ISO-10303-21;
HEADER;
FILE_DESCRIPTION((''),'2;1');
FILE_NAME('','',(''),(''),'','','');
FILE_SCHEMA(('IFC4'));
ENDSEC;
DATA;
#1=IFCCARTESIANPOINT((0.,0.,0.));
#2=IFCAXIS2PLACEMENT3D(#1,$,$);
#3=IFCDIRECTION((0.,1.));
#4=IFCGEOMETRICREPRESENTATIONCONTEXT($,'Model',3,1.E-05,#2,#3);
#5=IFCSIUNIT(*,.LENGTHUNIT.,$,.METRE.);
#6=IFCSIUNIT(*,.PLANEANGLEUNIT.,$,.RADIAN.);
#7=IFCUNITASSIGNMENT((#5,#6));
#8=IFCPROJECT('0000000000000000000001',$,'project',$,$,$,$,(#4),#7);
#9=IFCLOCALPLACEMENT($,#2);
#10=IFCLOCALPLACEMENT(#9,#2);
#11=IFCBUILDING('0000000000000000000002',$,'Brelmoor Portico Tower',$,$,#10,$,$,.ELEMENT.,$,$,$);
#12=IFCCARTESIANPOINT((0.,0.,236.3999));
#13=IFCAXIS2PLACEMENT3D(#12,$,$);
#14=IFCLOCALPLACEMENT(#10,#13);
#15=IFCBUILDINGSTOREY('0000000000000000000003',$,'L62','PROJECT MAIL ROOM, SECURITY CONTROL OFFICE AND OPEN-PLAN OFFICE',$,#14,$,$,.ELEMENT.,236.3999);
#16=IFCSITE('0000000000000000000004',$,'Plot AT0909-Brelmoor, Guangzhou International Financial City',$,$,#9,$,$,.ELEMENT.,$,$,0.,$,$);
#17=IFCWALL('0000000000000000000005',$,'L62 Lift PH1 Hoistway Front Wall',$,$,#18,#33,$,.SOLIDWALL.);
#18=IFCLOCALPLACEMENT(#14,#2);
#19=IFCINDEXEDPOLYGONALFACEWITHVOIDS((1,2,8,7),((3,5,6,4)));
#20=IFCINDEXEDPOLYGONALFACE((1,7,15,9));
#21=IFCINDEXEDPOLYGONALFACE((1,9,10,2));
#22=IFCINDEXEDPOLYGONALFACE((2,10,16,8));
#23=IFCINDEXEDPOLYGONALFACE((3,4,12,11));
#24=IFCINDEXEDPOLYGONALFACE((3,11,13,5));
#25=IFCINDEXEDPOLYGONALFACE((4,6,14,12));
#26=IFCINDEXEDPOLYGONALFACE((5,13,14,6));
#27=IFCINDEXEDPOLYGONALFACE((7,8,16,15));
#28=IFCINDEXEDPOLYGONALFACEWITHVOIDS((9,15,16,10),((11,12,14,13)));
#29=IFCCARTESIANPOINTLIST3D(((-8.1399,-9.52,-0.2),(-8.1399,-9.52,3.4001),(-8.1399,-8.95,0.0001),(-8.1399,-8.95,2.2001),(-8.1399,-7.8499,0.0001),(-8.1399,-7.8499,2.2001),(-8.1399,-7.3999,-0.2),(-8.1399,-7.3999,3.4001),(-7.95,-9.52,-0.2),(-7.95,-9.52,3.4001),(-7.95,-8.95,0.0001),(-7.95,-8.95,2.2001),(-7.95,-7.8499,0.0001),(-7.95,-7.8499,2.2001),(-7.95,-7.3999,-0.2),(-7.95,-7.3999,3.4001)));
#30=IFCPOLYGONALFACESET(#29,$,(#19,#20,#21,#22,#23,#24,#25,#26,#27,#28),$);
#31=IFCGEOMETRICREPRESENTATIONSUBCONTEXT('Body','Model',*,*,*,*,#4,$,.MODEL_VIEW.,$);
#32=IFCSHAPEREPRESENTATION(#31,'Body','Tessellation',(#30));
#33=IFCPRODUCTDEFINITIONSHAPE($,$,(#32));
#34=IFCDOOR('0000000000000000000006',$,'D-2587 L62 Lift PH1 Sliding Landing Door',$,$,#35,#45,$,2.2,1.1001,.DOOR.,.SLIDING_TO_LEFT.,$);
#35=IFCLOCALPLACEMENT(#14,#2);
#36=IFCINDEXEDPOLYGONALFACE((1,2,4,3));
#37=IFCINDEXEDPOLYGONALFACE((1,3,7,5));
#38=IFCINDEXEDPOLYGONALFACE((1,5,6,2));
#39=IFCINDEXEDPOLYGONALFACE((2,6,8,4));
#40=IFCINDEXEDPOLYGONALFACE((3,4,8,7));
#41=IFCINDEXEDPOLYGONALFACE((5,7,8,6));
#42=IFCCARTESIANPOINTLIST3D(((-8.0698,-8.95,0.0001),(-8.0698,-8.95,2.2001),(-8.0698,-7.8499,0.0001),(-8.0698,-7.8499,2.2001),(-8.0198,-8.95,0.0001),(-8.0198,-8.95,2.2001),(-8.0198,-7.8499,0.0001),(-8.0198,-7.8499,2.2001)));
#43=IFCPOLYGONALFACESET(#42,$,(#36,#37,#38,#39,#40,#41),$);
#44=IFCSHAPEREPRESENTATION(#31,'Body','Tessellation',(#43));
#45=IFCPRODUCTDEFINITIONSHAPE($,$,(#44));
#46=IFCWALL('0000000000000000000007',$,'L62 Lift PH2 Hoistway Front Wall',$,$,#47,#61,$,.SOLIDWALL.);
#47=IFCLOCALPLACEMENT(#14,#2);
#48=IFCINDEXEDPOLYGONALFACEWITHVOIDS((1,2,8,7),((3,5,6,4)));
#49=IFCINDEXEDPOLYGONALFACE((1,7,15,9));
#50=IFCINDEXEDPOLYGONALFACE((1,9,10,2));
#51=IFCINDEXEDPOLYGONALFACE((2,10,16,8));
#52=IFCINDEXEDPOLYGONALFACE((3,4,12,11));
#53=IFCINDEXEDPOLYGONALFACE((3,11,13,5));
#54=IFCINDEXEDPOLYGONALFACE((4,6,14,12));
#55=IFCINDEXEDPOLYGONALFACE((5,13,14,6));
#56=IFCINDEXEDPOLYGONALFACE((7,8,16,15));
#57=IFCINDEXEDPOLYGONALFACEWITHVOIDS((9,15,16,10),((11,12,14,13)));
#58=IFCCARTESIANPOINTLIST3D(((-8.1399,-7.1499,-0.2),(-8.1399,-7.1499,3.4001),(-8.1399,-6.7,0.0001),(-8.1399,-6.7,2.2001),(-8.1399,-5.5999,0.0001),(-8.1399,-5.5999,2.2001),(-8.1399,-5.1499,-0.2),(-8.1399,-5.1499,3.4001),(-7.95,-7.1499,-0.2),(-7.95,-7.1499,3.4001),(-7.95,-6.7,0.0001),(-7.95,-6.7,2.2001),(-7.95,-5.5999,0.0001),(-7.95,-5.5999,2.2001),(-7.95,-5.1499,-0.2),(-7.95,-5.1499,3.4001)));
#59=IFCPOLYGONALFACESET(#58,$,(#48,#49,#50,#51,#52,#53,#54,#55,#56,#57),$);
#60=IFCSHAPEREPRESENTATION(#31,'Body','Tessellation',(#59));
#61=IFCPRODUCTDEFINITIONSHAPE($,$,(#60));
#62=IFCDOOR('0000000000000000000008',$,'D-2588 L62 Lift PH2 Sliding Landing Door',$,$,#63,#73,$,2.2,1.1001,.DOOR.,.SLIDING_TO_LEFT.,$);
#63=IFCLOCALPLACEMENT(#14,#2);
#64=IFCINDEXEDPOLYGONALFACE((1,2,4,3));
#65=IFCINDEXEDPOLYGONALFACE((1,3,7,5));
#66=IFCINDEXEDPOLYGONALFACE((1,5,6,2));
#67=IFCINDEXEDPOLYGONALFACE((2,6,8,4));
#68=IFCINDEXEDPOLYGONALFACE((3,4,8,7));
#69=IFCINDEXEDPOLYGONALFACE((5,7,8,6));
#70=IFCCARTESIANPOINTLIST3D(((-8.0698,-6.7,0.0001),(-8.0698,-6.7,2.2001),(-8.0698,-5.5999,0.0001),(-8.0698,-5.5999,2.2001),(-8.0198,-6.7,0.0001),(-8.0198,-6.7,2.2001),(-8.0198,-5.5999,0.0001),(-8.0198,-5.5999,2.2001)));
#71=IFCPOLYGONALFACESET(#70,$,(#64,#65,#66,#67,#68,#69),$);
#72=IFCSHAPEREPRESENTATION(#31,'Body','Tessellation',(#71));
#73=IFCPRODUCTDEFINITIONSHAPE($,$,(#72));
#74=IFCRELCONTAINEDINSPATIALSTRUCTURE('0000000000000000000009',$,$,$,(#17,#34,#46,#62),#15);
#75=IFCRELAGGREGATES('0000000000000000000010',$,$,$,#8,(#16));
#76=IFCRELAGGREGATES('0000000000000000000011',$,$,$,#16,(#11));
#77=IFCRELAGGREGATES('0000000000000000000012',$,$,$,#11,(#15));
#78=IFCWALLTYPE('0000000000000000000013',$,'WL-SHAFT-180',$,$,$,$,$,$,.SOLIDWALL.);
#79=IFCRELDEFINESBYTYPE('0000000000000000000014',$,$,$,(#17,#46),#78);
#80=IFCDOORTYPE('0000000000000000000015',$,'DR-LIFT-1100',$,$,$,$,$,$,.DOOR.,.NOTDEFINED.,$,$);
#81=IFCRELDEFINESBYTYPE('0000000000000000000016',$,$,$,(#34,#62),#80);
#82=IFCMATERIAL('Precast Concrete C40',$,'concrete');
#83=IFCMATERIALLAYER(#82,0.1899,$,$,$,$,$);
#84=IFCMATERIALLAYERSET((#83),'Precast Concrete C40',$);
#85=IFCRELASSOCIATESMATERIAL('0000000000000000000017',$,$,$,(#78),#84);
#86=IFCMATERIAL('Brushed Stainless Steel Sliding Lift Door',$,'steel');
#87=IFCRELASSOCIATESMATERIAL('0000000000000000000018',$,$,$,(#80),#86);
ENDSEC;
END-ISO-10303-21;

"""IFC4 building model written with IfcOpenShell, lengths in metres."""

from ifc_helpers import new_model, si_unit, direction, frame, frame_2d, origin, place, context, subcontext, project, spatial, rectangle, extrude, material, layer, layer_set, type_object, element, fill, save


model = new_model("IFC4")

# Units and contexts
model_context = context("Model", 3, precision=1e-05, world=origin(), true_north=direction((0.0, 1.0)))
body_context = subcontext(model_context, "Body", "Model", "MODEL_VIEW")
ifc_project = project(units=[si_unit("LENGTHUNIT", "METRE"), si_unit("PLANEANGLEUNIT", "RADIAN")], contexts=[model_context])

# Site, building, storey
site_placement = place(None, origin())
site = spatial("IfcSite", under=ifc_project, at=site_placement, Name="Plot AT0909-Brelmoor, Guangzhou International Financial City", CompositionType="ELEMENT", RefElevation=0.0)
building_placement = place(site_placement, origin())
building = spatial("IfcBuilding", under=site, at=building_placement, Name="Brelmoor Portico Tower", CompositionType="ELEMENT")
storey_placement = place(building_placement, frame((0.0, 0.0, 236.3999)))
storey = spatial("IfcBuildingStorey", under=building, at=storey_placement, Name="L62", Description="PROJECT MAIL ROOM, SECURITY CONTROL OFFICE AND OPEN-PLAN OFFICE", CompositionType="ELEMENT", Elevation=236.3999)

# Walls, openings, doors
ifc_material_1 = material(Name="Precast Concrete C40", Category="concrete")
ifc_layer_1 = layer(ifc_material_1, 0.1899)
ifc_layer_set_1 = layer_set([ifc_layer_1], Name="Precast Concrete C40")
wall_type_1 = type_object("IfcWallType", Name="WL-SHAFT-180", PredefinedType="SOLIDWALL", material=ifc_layer_set_1)
wall_1_placement = place(storey_placement, frame((-8.0449, -9.52, -0.2), z_axis=(0.0, 0.0, 1.0), x_axis=(0.0, 1.0, 0.0)))
wall_1 = element("IfcWall", 1, at=wall_1_placement, inside=storey, type_object=wall_type_1, Name="L62 Lift PH1 Hoistway Front Wall", PredefinedType="SOLIDWALL", context=body_context, shape_type="SweptSolid", body=[
    extrude(rectangle(XDim=2.1201, YDim=0.1899, at=frame_2d((1.0601, 0.0))), origin(), (0.0, 0.0, 1.0), 3.6001),
])
opening_1_placement = place(wall_1_placement, frame((0.5701, 0.0, 0.2)))
opening_1 = element("IfcOpeningElement", 2, at=opening_1_placement, cuts=wall_1, PredefinedType="OPENING", context=body_context, shape_type="SweptSolid", body=[
    extrude(rectangle(XDim=1.1001, YDim=2.2, at=frame_2d((0.55, 1.1001))), frame((0.0, 0.105, 0.0), z_axis=(0.0, -1.0, 0.0), x_axis=(1.0, 0.0, 0.0)), (0.0, 0.0, 1.0), 0.21),
])
ifc_material_2 = material(Name="Brushed Stainless Steel Sliding Lift Door", Category="steel")
door_type_1 = type_object("IfcDoorType", Name="DR-LIFT-1100", OperationType="NOTDEFINED", PredefinedType="DOOR", material=ifc_material_2)
door_1_placement = place(opening_1_placement, origin())
door_1 = element("IfcDoor", 3, at=door_1_placement, inside=storey, type_object=door_type_1, Name="D-2587 L62 Lift PH1 Sliding Landing Door", OperationType="SLIDING_TO_LEFT", OverallHeight=2.2, OverallWidth=1.1001, PredefinedType="DOOR", context=body_context, shape_type="SweptSolid", body=[
    extrude(rectangle(XDim=1.1001, YDim=2.2, at=frame_2d((0.55, 1.1001))), frame((0.0, 0.0249, 0.0), z_axis=(0.0, -1.0, 0.0), x_axis=(1.0, 0.0, 0.0)), (0.0, 0.0, 1.0), 0.05),
])
fill(opening_1, door_1)
wall_2_placement = place(storey_placement, frame((-8.0449, -7.1499, -0.2), z_axis=(0.0, 0.0, 1.0), x_axis=(0.0, 1.0, 0.0)))
wall_2 = element("IfcWall", 4, at=wall_2_placement, inside=storey, type_object=wall_type_1, Name="L62 Lift PH2 Hoistway Front Wall", PredefinedType="SOLIDWALL", context=body_context, shape_type="SweptSolid", body=[
    extrude(rectangle(XDim=2.0, YDim=0.1899, at=frame_2d((1.0, 0.0))), origin(), (0.0, 0.0, 1.0), 3.6001),
])
opening_2_placement = place(wall_2_placement, frame((0.45, 0.0, 0.2)))
opening_2 = element("IfcOpeningElement", 5, at=opening_2_placement, cuts=wall_2, PredefinedType="OPENING", context=body_context, shape_type="SweptSolid", body=[
    extrude(rectangle(XDim=1.1001, YDim=2.2, at=frame_2d((0.55, 1.1001))), frame((0.0, 0.105, 0.0), z_axis=(0.0, -1.0, 0.0), x_axis=(1.0, 0.0, 0.0)), (0.0, 0.0, 1.0), 0.21),
])
door_2_placement = place(opening_2_placement, origin())
door_2 = element("IfcDoor", 6, at=door_2_placement, inside=storey, type_object=door_type_1, Name="D-2588 L62 Lift PH2 Sliding Landing Door", OperationType="SLIDING_TO_LEFT", OverallHeight=2.2, OverallWidth=1.1001, PredefinedType="DOOR", context=body_context, shape_type="SweptSolid", body=[
    extrude(rectangle(XDim=1.1001, YDim=2.2, at=frame_2d((0.55, 1.1001))), frame((0.0, 0.0249, 0.0), z_axis=(0.0, -1.0, 0.0), x_axis=(1.0, 0.0, 0.0)), (0.0, 0.0, 1.0), 0.05),
])
fill(opening_2, door_2)

save(model, "model.ifc")
